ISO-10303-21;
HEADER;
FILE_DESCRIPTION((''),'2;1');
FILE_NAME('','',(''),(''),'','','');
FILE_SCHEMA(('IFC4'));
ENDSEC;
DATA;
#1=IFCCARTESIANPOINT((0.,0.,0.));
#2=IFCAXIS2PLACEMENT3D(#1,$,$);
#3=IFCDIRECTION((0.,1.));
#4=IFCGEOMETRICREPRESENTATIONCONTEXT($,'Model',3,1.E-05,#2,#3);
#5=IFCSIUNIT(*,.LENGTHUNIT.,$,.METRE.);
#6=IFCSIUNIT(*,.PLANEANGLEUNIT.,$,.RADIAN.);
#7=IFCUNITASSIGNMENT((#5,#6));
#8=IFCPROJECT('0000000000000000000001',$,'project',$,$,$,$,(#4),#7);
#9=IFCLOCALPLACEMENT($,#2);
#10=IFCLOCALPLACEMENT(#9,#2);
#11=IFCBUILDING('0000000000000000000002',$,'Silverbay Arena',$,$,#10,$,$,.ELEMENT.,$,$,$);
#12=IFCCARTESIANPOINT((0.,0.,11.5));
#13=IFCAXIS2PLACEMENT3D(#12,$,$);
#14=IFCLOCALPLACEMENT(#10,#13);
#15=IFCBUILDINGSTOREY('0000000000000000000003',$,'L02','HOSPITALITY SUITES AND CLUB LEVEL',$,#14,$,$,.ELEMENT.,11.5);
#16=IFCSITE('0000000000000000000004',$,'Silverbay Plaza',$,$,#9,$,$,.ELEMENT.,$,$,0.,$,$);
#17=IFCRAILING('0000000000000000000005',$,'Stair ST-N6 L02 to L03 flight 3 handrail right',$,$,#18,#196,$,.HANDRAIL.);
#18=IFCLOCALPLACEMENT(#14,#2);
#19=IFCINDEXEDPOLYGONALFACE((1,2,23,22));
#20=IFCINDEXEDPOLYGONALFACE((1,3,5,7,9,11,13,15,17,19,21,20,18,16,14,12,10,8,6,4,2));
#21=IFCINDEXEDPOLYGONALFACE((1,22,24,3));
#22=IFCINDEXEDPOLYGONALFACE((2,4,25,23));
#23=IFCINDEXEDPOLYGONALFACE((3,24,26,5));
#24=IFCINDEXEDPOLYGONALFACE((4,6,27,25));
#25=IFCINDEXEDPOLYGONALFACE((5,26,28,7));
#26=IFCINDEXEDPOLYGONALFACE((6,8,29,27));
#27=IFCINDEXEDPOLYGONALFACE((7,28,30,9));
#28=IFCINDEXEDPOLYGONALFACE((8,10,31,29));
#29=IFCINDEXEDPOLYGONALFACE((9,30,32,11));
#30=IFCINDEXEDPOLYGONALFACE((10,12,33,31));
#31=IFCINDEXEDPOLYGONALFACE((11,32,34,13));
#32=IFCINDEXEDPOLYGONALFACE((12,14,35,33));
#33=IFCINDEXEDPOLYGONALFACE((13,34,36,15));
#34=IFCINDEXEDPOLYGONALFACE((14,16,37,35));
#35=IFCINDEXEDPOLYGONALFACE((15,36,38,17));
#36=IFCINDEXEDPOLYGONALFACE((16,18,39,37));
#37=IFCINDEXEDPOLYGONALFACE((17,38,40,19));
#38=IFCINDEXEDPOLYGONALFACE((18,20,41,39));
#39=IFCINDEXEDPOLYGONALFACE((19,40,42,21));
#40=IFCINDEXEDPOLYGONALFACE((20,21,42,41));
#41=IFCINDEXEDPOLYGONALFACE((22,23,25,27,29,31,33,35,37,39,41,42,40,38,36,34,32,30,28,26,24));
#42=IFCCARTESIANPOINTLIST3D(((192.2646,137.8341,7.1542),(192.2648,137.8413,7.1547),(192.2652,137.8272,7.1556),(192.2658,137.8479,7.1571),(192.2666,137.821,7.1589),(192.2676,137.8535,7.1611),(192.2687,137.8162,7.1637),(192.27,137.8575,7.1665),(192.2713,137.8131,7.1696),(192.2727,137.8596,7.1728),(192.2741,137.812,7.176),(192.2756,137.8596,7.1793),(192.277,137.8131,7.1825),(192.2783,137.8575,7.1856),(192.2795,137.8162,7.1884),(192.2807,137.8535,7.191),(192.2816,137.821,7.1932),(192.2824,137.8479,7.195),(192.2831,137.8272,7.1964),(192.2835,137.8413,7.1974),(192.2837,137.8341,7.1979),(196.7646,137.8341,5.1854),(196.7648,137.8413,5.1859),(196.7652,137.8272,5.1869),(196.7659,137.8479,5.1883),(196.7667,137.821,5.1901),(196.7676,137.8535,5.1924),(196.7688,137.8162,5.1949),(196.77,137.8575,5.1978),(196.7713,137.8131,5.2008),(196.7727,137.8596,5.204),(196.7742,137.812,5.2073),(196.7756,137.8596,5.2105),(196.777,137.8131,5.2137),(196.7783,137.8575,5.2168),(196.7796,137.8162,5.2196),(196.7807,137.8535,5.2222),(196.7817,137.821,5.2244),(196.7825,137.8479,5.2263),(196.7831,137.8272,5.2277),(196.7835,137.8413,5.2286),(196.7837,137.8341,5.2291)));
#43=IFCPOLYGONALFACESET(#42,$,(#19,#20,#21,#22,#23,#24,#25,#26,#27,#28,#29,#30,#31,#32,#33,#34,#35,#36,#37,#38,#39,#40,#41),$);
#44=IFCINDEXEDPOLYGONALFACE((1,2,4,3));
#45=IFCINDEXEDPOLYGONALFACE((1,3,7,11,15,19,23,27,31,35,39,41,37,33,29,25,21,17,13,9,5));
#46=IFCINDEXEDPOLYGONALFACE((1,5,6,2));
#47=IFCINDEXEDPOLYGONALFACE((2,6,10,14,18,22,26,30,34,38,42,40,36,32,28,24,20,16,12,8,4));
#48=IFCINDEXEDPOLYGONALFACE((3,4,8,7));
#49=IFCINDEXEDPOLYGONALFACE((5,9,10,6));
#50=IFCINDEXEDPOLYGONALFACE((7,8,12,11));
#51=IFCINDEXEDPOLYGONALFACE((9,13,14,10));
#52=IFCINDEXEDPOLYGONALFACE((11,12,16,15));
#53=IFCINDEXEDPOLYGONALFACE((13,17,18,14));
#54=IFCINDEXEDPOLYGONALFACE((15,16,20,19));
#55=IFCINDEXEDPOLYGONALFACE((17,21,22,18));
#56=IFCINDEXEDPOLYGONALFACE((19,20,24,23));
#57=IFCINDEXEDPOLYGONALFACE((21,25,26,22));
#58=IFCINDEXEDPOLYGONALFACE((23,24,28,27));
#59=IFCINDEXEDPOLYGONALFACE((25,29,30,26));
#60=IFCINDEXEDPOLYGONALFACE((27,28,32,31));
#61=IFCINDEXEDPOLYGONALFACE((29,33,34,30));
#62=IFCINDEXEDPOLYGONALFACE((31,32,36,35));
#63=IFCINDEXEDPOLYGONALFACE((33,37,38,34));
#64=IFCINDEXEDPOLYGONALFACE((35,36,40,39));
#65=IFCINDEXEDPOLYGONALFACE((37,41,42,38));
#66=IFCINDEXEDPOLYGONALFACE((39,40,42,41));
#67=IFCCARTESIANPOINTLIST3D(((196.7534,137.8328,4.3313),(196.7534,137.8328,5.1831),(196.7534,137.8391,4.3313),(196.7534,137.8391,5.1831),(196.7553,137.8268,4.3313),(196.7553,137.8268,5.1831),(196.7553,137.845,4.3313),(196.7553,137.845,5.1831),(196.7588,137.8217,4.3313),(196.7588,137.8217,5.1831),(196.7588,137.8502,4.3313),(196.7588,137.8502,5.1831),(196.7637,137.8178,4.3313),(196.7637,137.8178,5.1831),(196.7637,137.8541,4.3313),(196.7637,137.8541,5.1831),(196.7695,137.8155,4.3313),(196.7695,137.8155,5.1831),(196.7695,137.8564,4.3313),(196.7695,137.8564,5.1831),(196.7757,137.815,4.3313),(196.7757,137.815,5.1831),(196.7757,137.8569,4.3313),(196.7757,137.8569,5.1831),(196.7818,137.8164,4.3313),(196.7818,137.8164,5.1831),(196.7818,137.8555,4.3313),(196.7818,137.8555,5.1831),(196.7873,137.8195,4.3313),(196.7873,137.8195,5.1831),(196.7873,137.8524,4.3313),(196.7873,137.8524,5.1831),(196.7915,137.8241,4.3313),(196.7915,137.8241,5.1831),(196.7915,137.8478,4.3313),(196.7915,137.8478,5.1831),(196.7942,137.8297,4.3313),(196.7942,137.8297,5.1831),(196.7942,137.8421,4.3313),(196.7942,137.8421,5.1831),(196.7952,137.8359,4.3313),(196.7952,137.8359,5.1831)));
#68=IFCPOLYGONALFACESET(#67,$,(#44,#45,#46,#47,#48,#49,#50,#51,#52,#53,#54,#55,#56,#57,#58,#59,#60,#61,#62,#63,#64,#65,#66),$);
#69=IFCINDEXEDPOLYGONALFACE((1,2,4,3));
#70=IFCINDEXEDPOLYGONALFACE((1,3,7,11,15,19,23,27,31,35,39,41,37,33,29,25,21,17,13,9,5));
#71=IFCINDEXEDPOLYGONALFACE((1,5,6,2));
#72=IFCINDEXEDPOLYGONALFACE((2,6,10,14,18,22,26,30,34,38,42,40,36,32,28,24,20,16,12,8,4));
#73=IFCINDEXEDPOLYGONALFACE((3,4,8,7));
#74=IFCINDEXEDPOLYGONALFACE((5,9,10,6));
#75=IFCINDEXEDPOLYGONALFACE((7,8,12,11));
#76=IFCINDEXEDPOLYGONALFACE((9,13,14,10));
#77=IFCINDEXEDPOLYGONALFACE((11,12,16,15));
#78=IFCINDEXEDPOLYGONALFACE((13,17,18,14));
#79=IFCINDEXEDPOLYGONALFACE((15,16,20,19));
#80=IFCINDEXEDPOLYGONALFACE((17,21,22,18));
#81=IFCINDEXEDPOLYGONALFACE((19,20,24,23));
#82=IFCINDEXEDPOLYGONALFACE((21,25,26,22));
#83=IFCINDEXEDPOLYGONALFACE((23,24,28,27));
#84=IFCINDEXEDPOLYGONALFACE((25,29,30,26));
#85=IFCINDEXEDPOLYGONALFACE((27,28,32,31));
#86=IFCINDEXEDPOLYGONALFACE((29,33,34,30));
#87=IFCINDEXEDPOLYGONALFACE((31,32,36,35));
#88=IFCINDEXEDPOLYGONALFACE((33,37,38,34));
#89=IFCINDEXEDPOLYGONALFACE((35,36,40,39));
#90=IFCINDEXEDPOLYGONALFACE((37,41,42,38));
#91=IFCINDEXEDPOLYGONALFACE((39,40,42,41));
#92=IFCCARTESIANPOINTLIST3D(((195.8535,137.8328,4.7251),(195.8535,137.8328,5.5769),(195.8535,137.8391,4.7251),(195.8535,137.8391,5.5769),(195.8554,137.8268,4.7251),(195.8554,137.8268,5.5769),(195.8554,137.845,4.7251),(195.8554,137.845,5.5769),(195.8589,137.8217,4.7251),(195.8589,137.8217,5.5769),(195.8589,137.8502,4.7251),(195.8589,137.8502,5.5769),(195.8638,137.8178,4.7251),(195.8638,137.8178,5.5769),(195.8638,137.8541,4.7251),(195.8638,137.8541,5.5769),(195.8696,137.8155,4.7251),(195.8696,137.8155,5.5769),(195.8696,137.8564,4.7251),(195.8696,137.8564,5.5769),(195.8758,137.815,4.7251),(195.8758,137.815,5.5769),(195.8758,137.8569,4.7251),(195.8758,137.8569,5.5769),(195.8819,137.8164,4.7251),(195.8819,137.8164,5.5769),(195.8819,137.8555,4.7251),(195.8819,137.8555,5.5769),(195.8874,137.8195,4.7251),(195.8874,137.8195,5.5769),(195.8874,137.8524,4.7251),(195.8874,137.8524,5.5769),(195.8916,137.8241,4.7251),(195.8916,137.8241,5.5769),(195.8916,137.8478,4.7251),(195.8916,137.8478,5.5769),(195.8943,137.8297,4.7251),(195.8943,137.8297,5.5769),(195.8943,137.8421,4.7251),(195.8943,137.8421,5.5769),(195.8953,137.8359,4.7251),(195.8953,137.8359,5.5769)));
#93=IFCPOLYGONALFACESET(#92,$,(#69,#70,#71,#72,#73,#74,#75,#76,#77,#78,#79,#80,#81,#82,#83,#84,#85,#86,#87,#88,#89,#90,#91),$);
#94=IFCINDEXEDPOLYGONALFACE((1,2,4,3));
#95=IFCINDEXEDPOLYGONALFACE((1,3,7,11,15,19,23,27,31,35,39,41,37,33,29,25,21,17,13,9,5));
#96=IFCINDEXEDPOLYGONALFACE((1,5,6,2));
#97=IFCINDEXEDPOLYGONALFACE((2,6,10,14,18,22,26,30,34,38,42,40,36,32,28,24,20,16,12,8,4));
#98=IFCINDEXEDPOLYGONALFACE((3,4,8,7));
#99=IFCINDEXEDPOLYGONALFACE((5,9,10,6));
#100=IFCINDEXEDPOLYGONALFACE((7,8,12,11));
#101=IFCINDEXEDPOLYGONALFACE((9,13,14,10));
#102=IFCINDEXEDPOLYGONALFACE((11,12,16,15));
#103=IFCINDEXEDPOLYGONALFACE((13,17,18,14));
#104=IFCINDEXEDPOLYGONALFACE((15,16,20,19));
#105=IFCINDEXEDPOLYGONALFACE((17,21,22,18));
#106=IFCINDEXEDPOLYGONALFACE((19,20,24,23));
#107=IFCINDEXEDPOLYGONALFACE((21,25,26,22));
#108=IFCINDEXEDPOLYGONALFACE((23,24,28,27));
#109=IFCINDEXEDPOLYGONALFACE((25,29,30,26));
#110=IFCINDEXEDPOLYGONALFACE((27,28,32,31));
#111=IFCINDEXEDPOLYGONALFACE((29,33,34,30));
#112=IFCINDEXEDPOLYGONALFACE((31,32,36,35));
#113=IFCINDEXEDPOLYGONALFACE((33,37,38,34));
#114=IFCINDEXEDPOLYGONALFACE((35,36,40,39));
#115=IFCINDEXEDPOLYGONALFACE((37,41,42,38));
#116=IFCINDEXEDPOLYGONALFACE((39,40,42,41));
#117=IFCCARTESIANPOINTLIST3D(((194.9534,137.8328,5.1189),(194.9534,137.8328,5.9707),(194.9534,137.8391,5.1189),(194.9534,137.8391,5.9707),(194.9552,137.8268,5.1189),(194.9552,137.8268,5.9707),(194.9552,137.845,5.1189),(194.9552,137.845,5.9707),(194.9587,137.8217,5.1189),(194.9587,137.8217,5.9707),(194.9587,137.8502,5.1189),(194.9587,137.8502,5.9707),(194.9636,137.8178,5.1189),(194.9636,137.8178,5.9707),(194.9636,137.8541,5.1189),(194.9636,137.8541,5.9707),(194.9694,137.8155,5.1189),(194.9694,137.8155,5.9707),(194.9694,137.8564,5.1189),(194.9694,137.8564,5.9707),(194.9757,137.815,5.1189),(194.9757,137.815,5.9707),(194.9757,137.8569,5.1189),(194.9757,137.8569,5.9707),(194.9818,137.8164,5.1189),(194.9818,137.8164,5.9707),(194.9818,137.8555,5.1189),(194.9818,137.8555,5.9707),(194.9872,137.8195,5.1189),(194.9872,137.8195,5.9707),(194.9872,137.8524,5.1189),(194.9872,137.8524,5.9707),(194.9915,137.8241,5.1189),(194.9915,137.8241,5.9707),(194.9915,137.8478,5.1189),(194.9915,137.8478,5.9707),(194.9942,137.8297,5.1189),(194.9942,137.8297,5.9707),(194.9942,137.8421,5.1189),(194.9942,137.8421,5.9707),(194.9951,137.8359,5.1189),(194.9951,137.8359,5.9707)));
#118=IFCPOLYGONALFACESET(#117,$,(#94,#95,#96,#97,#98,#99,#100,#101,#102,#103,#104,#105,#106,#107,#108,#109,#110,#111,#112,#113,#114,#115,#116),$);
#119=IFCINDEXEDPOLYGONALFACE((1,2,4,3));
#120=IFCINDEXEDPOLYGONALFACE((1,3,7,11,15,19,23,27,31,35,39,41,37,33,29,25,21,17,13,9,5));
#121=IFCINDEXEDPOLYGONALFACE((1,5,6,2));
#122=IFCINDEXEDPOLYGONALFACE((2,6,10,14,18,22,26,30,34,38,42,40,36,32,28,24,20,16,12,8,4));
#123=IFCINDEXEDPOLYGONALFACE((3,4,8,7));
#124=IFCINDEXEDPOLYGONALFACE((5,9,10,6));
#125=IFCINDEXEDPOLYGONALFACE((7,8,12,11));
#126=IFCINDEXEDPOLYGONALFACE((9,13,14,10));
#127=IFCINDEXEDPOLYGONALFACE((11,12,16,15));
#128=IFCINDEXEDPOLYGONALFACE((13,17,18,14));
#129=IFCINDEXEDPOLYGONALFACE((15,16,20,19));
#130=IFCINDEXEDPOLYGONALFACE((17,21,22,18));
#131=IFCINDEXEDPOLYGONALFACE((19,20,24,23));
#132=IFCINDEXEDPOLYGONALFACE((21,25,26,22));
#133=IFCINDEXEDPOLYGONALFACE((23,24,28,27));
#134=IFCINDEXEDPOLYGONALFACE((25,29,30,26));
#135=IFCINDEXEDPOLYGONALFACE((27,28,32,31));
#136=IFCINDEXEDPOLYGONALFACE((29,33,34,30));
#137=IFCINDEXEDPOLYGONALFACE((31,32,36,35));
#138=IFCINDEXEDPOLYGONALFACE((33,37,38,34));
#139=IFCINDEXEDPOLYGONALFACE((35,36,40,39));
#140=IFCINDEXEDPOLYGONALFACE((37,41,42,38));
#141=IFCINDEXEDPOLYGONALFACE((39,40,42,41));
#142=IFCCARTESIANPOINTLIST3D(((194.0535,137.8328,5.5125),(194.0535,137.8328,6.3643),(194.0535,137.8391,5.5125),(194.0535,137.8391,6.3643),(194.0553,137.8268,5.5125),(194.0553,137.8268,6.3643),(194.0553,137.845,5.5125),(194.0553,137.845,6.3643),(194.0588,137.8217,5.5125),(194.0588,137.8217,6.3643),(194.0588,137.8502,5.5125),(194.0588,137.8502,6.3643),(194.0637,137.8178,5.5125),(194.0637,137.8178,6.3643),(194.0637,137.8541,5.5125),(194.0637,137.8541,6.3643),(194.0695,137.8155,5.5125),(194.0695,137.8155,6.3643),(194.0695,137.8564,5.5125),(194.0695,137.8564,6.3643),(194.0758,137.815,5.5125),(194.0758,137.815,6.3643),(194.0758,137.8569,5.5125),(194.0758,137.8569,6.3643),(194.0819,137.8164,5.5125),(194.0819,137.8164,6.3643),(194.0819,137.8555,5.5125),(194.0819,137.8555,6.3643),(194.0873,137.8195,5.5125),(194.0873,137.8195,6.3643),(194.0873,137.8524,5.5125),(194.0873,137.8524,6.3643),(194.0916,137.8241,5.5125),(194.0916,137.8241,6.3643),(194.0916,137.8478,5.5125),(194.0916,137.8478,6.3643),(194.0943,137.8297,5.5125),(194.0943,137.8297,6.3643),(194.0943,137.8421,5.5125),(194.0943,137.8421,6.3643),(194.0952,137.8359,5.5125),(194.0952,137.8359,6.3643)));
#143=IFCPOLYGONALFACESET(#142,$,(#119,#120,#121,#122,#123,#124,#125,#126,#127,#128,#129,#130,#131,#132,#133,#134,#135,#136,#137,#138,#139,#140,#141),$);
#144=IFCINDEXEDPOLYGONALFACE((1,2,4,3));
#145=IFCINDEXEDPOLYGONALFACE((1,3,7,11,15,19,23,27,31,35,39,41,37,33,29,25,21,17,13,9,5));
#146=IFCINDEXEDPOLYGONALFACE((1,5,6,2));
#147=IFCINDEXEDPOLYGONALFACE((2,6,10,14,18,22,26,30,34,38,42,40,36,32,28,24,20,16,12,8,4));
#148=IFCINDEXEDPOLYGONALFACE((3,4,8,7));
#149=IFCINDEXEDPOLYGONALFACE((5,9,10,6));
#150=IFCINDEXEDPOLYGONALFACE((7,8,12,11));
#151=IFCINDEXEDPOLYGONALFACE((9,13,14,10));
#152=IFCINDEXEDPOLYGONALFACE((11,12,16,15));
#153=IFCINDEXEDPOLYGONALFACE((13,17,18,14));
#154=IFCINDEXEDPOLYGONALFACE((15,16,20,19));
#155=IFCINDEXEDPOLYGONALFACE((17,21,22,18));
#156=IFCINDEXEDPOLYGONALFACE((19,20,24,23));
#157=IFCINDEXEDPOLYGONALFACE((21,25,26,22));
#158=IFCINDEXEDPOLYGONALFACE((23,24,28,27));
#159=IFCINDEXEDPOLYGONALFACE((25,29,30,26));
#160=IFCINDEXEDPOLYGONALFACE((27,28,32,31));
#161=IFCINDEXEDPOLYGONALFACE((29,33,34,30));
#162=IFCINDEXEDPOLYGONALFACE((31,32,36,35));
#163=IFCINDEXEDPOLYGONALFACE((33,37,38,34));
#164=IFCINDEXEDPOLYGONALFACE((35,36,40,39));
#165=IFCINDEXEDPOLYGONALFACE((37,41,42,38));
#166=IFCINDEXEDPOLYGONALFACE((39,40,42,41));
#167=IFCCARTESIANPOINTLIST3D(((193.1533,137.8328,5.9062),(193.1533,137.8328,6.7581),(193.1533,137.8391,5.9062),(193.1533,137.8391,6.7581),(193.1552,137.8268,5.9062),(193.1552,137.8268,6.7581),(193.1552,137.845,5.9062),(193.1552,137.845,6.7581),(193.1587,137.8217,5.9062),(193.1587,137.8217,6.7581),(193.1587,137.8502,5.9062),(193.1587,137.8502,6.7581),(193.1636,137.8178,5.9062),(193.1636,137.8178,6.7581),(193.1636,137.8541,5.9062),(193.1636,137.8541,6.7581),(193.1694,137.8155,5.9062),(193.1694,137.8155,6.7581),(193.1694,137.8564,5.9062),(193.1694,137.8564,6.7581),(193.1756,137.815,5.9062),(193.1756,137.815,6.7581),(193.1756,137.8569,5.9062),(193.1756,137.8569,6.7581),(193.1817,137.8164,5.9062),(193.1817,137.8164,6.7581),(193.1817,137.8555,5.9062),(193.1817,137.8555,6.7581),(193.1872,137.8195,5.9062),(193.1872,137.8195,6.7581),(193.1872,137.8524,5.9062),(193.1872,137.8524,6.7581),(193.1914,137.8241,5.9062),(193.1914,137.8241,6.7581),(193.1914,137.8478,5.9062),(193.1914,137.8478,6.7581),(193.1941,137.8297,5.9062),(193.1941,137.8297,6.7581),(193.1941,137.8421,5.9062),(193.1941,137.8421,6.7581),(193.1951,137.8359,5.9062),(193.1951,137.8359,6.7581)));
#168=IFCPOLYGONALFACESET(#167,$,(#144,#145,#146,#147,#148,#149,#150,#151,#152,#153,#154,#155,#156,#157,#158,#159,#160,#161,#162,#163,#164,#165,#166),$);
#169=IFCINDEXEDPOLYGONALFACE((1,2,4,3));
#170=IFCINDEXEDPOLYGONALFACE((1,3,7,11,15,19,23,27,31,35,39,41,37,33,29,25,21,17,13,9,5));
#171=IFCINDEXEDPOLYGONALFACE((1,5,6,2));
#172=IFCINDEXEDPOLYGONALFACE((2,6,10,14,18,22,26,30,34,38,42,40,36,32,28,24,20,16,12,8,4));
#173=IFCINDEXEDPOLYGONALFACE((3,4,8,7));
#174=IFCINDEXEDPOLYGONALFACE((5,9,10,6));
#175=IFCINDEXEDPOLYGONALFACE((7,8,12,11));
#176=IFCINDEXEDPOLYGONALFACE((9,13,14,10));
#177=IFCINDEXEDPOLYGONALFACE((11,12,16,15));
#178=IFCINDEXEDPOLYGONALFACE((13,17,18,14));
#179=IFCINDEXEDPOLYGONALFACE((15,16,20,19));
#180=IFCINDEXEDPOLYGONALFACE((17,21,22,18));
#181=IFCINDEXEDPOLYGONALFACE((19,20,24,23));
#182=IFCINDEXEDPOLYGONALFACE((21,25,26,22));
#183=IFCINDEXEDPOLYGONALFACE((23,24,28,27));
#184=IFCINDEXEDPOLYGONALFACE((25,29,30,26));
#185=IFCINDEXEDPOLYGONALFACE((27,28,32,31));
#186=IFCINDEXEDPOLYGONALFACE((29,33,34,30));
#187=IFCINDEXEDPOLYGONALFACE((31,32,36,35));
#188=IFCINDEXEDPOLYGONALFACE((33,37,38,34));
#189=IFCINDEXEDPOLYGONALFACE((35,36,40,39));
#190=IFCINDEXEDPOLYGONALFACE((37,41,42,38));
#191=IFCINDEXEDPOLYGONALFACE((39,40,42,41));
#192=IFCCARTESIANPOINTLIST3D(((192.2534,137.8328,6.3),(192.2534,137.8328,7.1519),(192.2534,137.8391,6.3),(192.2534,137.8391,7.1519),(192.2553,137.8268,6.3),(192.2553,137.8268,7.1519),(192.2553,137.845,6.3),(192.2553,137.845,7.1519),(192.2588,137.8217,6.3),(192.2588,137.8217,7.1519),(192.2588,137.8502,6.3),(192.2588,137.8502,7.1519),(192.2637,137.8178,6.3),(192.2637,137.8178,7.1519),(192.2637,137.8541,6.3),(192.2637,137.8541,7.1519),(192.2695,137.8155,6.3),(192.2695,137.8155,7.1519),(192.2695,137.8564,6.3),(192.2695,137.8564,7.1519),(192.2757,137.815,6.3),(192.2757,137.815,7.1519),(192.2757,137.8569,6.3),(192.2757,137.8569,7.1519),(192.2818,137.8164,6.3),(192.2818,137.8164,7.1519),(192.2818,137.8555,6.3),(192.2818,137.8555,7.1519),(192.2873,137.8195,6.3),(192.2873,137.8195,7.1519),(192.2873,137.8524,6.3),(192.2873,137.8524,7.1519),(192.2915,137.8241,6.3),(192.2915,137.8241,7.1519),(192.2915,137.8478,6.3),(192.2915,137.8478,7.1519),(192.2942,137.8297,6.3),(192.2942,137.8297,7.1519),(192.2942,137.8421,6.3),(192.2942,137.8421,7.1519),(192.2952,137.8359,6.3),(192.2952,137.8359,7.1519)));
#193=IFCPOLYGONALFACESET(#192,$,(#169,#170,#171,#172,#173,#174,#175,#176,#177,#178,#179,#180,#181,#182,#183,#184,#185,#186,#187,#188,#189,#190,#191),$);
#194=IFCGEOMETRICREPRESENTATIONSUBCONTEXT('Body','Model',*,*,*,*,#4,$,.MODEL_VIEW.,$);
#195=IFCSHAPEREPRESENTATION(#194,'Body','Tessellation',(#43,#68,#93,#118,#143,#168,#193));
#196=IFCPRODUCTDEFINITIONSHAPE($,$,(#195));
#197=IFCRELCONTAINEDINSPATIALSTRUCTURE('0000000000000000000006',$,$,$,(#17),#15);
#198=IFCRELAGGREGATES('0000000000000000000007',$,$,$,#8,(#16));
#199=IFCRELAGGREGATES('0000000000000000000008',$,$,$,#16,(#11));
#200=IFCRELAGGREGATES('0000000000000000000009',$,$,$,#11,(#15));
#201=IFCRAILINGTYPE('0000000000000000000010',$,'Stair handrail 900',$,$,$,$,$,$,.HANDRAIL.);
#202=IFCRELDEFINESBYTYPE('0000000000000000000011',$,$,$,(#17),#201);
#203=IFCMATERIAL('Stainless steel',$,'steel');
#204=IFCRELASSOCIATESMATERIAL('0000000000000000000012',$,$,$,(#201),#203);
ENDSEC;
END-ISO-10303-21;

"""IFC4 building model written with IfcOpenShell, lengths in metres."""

from ifc_helpers import new_model, si_unit, direction, frame, origin, origin_2d, place, context, subcontext, project, spatial, circle, extrude, material, type_object, element, save


model = new_model("IFC4")

# Units and contexts
model_context = context("Model", 3, precision=1e-05, world=origin(), true_north=direction((0.0, 1.0)))
body_context = subcontext(model_context, "Body", "Model", "MODEL_VIEW")
ifc_project = project(units=[si_unit("LENGTHUNIT", "METRE"), si_unit("PLANEANGLEUNIT", "RADIAN")], contexts=[model_context])

# Site, building, storey
site_placement = place(None, origin())
site = spatial("IfcSite", under=ifc_project, at=site_placement, Name="Silverbay Plaza", CompositionType="ELEMENT", RefElevation=0.0)
building_placement = place(site_placement, origin())
building = spatial("IfcBuilding", under=site, at=building_placement, Name="Silverbay Arena", CompositionType="ELEMENT")
storey_placement = place(building_placement, frame((0.0, 0.0, 11.5)))
storey = spatial("IfcBuildingStorey", under=building, at=storey_placement, Name="L02", Description="HOSPITALITY SUITES AND CLUB LEVEL", CompositionType="ELEMENT", Elevation=11.5)

# Railing
ifc_material_1 = material(Name="Stainless steel", Category="steel")
railing_type_1 = type_object("IfcRailingType", Name="Stair handrail 900", PredefinedType="HANDRAIL", material=ifc_material_1)
for number, where, name in (
    (1, (196.7742, 137.8359, 4.3313), "Stair ST-N6 L02 to L03 flight 3 handrail right"),
):
    element("IfcRailing", number, at=place(storey_placement, frame(where)), inside=storey, type_object=railing_type_1, Name=name, PredefinedType="HANDRAIL", context=body_context, shape_type="SweptSolid", body=[
        extrude(circle(Radius=0.0239, at=origin_2d()), frame((0.0, 0.0, 0.876), z_axis=(-0.916157, 0.0, 0.400819), x_axis=(0.0, -1.0, 0.0)), (0.0, 0.0, 1.0), 4.9119),
        extrude(circle(Radius=0.021, at=origin_2d()), origin(), (0.0, 0.0, 1.0), 0.8518),
        extrude(circle(Radius=0.021, at=origin_2d()), frame((-0.8999, 0.0, 0.3938)), (0.0, 0.0, 1.0), 0.8518),
        extrude(circle(Radius=0.021, at=origin_2d()), frame((-1.8, 0.0, 0.7876)), (0.0, 0.0, 1.0), 0.8518),
        extrude(circle(Radius=0.021, at=origin_2d()), frame((-2.7, 0.0, 1.1812)), (0.0, 0.0, 1.0), 0.8518),
        extrude(circle(Radius=0.021, at=origin_2d()), frame((-3.6001, 0.0, 1.575)), (0.0, 0.0, 1.0), 0.8518),
        extrude(circle(Radius=0.021, at=origin_2d()), frame((-4.5, 0.0, 1.9688)), (0.0, 0.0, 1.0), 0.8518),
    ])

save(model, "model.ifc")
